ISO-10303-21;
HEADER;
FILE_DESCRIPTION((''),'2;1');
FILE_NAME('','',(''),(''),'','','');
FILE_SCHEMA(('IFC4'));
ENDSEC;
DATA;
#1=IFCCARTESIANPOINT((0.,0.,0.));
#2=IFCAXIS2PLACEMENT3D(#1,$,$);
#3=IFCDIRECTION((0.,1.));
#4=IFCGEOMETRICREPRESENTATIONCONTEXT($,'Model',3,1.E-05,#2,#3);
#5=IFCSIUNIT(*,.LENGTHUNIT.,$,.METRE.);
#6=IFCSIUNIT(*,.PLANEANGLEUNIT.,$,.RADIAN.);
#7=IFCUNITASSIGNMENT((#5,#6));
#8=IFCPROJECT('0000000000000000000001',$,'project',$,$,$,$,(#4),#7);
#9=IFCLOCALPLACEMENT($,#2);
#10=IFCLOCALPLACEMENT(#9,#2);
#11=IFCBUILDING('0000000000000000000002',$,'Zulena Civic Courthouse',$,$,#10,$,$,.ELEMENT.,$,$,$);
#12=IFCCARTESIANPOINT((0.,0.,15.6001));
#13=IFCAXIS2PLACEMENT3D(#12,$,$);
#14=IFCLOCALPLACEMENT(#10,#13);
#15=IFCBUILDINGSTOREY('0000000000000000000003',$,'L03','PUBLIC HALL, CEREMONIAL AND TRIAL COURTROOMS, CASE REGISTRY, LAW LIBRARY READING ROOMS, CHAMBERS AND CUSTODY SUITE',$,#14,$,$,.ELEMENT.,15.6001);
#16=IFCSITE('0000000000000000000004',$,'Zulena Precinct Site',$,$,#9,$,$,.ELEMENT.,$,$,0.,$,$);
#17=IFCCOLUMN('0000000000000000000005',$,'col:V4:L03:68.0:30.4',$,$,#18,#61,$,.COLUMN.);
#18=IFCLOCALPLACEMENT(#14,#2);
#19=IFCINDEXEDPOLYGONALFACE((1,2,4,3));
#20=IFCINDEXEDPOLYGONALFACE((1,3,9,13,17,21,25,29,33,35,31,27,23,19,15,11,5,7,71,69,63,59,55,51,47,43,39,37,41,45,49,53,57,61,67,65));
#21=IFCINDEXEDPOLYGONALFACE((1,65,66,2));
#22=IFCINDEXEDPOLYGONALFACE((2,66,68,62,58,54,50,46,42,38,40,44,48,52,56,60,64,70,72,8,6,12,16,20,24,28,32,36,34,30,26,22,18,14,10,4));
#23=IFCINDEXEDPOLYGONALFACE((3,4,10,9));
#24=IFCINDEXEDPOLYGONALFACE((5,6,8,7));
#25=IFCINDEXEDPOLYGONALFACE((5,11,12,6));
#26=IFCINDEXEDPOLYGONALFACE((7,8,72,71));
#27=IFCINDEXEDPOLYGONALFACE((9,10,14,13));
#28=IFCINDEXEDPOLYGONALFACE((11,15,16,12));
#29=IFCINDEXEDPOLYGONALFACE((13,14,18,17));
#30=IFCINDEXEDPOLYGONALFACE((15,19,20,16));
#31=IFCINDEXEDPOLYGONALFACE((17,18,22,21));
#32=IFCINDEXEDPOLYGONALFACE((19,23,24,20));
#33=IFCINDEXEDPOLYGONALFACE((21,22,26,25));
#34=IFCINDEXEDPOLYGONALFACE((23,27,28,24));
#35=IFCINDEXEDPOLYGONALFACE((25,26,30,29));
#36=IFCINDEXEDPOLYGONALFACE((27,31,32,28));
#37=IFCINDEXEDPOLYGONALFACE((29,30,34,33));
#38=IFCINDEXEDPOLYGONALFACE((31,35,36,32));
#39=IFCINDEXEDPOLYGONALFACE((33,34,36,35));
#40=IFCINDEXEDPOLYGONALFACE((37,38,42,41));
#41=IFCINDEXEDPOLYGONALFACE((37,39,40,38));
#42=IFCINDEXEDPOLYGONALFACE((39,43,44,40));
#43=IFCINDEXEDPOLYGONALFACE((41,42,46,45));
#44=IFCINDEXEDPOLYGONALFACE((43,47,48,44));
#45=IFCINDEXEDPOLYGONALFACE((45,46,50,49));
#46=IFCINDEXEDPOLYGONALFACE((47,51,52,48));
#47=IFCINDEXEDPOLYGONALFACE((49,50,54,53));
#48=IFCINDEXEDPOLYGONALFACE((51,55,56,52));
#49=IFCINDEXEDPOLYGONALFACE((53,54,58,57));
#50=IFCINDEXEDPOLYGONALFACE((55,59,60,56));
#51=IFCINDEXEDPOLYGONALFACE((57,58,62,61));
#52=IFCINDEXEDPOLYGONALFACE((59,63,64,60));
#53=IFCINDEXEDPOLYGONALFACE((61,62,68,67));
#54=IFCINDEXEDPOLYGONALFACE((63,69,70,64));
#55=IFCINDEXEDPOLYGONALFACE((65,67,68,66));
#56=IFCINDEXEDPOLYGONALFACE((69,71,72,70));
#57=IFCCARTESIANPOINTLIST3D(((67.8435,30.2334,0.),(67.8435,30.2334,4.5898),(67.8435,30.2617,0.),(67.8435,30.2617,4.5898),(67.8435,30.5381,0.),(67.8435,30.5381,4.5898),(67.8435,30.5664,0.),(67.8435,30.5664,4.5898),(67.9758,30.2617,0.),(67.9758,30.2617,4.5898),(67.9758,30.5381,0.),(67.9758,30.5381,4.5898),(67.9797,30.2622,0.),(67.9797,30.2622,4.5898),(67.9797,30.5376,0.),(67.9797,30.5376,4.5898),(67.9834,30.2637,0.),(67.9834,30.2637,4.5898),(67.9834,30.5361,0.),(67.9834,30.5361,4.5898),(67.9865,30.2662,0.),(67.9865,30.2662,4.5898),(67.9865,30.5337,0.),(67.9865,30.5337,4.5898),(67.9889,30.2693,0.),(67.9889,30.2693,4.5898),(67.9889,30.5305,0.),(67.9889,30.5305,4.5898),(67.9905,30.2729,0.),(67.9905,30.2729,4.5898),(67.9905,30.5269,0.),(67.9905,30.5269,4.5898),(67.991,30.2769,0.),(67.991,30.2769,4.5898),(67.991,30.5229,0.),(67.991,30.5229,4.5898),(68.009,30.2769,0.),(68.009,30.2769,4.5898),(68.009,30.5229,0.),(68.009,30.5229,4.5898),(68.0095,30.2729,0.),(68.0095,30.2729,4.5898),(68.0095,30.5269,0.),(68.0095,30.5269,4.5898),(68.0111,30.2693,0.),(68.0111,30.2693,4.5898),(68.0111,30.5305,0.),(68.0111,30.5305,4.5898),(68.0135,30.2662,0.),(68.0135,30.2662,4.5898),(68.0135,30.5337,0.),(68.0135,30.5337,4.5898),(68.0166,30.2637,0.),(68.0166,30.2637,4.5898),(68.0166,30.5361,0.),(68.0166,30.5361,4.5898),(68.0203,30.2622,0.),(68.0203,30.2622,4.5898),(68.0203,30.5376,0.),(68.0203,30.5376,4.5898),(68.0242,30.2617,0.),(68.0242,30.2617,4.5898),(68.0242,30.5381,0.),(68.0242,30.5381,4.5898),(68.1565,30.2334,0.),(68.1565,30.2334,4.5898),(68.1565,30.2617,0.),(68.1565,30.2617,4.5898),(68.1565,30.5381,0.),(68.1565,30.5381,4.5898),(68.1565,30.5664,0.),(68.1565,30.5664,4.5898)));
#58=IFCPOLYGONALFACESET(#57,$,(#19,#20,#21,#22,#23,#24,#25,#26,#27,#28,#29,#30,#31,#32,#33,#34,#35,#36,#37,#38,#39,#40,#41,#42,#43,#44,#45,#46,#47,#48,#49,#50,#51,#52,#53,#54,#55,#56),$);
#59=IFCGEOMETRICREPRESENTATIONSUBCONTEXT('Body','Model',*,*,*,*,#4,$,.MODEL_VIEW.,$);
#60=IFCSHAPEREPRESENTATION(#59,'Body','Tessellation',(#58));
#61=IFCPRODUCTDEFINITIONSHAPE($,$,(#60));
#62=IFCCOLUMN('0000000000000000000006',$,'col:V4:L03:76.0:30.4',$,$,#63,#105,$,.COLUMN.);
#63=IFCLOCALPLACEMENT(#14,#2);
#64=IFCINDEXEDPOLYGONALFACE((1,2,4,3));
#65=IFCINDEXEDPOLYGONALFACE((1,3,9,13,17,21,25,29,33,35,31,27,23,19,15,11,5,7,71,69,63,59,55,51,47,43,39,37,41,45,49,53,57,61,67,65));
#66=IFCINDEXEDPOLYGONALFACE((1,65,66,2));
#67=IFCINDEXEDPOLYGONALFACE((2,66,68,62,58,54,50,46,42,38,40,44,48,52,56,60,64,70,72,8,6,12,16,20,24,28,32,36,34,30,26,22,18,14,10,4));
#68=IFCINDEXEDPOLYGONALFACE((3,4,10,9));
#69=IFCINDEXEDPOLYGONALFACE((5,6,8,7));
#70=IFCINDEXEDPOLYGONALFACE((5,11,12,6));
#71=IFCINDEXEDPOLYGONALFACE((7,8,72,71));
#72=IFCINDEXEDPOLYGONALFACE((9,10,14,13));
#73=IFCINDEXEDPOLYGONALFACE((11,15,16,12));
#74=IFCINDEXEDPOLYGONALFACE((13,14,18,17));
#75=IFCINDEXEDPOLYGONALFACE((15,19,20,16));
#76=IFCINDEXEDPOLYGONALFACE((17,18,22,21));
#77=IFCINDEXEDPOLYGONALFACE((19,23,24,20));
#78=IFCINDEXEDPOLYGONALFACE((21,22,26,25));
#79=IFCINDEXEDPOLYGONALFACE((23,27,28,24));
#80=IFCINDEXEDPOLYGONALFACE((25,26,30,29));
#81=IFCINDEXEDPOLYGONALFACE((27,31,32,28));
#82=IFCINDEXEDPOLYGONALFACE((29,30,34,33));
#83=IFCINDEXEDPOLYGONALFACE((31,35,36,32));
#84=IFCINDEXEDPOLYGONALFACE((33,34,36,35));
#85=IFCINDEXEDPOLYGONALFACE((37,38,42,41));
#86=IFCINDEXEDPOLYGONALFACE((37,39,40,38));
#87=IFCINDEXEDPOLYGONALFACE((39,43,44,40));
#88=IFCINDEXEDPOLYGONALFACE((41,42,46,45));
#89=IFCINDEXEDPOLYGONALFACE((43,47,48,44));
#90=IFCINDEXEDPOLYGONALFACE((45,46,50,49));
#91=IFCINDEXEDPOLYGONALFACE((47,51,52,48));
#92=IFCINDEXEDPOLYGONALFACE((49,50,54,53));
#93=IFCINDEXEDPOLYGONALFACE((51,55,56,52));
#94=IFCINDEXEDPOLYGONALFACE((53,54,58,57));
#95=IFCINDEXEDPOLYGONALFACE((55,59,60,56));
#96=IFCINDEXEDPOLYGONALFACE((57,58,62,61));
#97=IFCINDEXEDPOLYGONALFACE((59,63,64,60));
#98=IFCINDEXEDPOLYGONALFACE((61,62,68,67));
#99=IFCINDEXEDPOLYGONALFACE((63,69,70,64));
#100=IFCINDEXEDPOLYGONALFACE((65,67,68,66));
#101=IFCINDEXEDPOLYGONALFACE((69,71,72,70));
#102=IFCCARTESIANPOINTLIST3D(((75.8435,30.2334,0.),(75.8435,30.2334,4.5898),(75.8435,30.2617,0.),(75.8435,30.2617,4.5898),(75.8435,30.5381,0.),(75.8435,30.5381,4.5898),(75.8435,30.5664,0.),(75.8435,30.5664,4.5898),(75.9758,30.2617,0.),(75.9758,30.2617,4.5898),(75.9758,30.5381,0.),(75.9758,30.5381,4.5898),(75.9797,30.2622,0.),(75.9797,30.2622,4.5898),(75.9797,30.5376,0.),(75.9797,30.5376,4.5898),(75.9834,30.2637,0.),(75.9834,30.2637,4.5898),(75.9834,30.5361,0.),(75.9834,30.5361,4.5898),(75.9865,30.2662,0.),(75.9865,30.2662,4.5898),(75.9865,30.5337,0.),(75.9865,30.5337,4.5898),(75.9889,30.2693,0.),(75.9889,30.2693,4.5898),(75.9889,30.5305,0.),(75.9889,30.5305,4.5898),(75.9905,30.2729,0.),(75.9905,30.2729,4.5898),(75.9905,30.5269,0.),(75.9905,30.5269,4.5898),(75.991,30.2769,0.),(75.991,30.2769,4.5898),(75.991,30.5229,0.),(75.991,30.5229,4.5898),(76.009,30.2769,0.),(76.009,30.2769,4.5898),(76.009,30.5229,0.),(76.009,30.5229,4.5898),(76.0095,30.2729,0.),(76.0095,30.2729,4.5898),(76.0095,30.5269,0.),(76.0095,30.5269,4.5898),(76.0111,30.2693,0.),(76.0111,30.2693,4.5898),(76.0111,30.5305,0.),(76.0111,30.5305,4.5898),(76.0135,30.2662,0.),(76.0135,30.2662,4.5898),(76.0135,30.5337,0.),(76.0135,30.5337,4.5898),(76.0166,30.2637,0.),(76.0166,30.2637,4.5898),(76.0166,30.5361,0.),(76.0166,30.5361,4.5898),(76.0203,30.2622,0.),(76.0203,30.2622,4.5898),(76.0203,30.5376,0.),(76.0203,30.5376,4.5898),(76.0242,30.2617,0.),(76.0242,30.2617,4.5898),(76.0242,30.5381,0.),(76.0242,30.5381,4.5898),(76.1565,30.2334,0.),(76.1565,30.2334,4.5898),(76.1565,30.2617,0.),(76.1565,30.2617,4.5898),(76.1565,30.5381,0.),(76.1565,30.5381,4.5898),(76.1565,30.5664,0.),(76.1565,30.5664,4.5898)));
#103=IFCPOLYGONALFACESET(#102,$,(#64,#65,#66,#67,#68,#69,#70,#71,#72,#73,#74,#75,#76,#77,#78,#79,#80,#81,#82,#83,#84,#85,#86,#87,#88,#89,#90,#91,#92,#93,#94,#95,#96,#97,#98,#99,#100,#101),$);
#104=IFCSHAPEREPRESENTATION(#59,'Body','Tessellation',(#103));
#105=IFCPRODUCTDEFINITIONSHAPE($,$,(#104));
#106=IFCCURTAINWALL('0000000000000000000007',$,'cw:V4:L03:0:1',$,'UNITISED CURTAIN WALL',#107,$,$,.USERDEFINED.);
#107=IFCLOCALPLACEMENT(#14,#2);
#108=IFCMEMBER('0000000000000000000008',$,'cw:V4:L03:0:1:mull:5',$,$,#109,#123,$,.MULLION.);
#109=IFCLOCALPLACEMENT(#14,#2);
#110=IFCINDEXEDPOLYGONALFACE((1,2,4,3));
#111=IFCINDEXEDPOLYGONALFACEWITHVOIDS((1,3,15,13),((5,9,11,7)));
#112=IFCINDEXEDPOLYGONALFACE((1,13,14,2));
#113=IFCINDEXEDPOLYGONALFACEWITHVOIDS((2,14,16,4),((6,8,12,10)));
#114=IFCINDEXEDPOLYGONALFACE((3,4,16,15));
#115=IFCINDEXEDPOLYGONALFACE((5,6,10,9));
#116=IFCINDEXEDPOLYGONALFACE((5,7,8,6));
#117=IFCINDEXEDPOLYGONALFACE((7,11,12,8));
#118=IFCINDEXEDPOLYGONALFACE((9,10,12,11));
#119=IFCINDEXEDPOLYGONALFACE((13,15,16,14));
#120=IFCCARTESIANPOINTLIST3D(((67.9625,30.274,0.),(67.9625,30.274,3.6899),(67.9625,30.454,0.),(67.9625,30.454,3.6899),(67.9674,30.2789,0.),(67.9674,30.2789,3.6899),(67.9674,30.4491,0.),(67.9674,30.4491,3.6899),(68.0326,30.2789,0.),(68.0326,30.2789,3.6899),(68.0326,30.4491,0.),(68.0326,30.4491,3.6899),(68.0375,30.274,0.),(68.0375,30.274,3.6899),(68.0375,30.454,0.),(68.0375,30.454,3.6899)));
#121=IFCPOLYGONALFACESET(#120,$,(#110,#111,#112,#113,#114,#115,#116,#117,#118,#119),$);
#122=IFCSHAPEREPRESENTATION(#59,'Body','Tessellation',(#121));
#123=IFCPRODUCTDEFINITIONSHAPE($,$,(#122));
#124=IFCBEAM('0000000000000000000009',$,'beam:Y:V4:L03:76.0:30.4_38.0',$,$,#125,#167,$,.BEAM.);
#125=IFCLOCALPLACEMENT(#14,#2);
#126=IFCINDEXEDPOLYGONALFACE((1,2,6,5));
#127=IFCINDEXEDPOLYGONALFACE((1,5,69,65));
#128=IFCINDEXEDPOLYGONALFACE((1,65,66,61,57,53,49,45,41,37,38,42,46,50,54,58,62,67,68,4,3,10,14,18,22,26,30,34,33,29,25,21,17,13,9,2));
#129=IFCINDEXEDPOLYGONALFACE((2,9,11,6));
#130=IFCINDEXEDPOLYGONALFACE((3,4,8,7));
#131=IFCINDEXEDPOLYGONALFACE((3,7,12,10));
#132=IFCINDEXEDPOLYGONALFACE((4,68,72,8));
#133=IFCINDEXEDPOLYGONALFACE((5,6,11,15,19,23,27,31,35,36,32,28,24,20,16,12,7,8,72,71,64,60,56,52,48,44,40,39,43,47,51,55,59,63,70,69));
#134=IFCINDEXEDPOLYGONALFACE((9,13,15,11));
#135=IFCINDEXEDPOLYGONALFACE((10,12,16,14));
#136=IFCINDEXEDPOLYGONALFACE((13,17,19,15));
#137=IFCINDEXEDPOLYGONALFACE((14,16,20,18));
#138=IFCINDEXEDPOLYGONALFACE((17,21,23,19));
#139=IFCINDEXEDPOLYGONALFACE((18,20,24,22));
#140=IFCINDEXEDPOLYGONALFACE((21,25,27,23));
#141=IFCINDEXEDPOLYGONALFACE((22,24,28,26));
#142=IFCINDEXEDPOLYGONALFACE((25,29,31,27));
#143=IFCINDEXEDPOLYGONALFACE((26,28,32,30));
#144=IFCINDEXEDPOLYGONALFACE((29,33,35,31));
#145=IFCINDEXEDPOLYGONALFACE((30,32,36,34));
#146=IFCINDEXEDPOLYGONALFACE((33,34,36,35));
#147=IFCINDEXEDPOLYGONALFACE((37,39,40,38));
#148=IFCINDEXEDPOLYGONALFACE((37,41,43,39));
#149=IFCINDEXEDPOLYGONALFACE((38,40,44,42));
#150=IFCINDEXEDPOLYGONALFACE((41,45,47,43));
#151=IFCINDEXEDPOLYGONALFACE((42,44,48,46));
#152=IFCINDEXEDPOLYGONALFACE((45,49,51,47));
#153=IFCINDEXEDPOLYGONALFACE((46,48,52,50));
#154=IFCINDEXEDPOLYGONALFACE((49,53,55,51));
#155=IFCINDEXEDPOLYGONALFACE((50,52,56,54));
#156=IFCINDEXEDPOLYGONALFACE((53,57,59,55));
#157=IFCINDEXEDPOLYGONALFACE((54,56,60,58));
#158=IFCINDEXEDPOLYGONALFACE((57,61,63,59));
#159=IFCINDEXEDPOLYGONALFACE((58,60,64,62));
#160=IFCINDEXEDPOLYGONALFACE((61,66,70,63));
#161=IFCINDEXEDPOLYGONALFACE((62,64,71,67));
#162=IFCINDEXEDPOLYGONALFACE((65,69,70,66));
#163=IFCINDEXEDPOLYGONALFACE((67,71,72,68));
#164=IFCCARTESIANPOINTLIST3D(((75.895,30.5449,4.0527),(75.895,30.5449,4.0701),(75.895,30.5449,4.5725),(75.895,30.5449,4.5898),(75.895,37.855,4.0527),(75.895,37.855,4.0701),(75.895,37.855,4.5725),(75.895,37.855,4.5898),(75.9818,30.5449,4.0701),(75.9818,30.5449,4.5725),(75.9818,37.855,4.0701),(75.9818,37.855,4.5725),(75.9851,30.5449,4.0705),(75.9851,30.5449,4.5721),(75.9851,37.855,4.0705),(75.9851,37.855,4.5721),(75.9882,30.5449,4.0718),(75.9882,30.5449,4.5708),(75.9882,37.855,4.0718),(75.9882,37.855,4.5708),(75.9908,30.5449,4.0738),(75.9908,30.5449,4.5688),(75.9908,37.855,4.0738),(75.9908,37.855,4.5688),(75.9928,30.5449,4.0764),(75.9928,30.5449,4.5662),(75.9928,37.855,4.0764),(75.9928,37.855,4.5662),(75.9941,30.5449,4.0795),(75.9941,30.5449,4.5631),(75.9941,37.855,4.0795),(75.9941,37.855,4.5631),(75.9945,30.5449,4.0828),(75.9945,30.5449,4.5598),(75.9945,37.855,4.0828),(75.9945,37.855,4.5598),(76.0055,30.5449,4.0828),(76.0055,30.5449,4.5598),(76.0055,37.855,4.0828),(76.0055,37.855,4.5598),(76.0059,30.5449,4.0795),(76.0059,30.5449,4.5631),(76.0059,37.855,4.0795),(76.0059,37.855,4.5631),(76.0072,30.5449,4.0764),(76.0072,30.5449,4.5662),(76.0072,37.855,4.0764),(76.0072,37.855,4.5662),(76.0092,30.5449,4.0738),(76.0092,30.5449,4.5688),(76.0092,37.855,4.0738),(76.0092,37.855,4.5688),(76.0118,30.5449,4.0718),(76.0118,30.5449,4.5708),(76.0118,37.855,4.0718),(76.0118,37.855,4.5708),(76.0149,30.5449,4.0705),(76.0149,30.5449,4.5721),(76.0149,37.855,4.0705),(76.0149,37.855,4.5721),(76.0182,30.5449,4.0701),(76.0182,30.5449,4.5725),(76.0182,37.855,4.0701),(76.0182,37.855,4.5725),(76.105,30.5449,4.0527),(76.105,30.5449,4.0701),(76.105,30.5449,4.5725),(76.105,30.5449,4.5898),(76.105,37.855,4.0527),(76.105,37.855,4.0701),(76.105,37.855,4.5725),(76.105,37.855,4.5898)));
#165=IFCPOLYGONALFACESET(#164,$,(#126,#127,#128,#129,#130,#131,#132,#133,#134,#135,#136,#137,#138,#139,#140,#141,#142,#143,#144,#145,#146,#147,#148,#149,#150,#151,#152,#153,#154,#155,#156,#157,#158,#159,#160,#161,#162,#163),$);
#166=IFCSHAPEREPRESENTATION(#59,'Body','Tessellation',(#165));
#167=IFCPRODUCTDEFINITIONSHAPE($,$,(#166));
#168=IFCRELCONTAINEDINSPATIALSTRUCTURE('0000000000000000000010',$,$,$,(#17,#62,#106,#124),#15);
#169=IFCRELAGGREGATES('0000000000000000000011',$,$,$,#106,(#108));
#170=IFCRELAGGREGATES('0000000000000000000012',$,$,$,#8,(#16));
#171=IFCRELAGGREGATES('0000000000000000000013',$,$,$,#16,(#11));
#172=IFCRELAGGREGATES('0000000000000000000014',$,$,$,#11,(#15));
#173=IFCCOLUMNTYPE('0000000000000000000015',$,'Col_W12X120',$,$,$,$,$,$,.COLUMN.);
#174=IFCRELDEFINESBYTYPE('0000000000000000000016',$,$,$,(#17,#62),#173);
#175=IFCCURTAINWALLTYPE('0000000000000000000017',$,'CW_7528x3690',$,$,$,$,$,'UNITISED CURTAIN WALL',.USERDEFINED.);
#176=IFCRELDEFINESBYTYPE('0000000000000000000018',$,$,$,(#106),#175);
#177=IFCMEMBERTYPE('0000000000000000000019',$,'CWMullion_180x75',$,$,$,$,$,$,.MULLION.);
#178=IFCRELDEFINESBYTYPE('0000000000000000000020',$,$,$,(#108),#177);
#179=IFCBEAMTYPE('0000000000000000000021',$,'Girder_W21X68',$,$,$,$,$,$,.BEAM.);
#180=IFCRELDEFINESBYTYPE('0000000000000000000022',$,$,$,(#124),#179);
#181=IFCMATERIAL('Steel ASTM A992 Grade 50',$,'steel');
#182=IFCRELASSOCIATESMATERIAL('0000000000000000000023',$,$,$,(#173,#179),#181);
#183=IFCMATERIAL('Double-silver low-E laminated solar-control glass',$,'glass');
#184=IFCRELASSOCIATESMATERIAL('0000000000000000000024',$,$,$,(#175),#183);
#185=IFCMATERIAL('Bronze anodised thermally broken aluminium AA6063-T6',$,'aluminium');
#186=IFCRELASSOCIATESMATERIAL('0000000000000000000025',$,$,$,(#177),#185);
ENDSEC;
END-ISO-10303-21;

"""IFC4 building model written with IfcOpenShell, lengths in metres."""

from ifc_helpers import new_model, si_unit, direction, frame, origin, origin_2d, place, context, subcontext, project, spatial, hollow_rectangle, i_section, extrude, material, material_profile, profile_set, type_object, element, aggregate, save


model = new_model("IFC4")

# Units and contexts
model_context = context("Model", 3, precision=1e-05, world=origin(), true_north=direction((0.0, 1.0)))
body_context = subcontext(model_context, "Body", "Model", "MODEL_VIEW")
ifc_project = project(units=[si_unit("LENGTHUNIT", "METRE"), si_unit("PLANEANGLEUNIT", "RADIAN")], contexts=[model_context])

# Site, building, storey
site_placement = place(None, origin())
site = spatial("IfcSite", under=ifc_project, at=site_placement, Name="Zulena Precinct Site", CompositionType="ELEMENT", RefElevation=0.0)
building_placement = place(site_placement, origin())
building = spatial("IfcBuilding", under=site, at=building_placement, Name="Zulena Civic Courthouse", CompositionType="ELEMENT")
storey_placement = place(building_placement, frame((0.0, 0.0, 15.6001)))
storey = spatial("IfcBuildingStorey", under=building, at=storey_placement, Name="L03", Description="PUBLIC HALL, CEREMONIAL AND TRIAL COURTROOMS, CASE REGISTRY, LAW LIBRARY READING ROOMS, CHAMBERS AND CUSTODY SUITE", CompositionType="ELEMENT", Elevation=15.6001)

# Columns
ifc_material_1 = material(Name="Steel ASTM A992 Grade 50", Category="steel")
ifc_material_profile_1 = material_profile(ifc_material_1, i_section(OverallWidth=0.313, OverallDepth=0.333, WebThickness=0.0181, FlangeThickness=0.0283, FilletRadius=0.0151, at=origin_2d()), Name="W12X120")
ifc_profile_set_1 = profile_set([ifc_material_profile_1], Name="Steel ASTM A992 Grade 50")
column_type_1 = type_object("IfcColumnType", Name="Col_W12X120", PredefinedType="COLUMN", material=ifc_profile_set_1)
for number, where, z_axis, x_axis, name in (
    (1, (68.0, 30.3999, 0.0), (0.0, 0.0, 1.0), (1.0, 0.0, 0.0), "col:V4:L03:68.0:30.4"),
    (2, (76.0, 30.3999, 0.0), (0.0, 0.0, 1.0), (1.0, 0.0, 0.0), "col:V4:L03:76.0:30.4"),
):
    element("IfcColumn", number, at=place(storey_placement, frame(where, z_axis=z_axis, x_axis=x_axis)), inside=storey, type_object=column_type_1, Name=name, PredefinedType="COLUMN", context=body_context, shape_type="SweptSolid", body=[
        extrude(i_section(OverallWidth=0.313, OverallDepth=0.333, WebThickness=0.0181, FlangeThickness=0.0283, FilletRadius=0.0151, at=origin_2d()), origin(), (0.0, 0.0, 1.0), 4.5898),
    ])

# Curtain wall, member
ifc_material_2 = material(Name="Double-silver low-E laminated solar-control glass", Category="glass")
curtain_wall_type = type_object("IfcCurtainWallType", Name="CW_7528x3690", ElementType="UNITISED CURTAIN WALL", PredefinedType="USERDEFINED", material=ifc_material_2)
curtain_wall_placement = place(storey_placement, origin())
curtain_wall = element("IfcCurtainWall", 3, at=curtain_wall_placement, inside=storey, type_object=curtain_wall_type, Name="cw:V4:L03:0:1", ObjectType="UNITISED CURTAIN WALL", PredefinedType="USERDEFINED")
ifc_material_3 = material(Name="Bronze anodised thermally broken aluminium AA6063-T6", Category="aluminium")
ifc_material_profile_2 = material_profile(ifc_material_3, hollow_rectangle(XDim=0.075, YDim=0.1799, WallThickness=0.0049, at=origin_2d()), Name="CWM180X75X5")
ifc_profile_set_2 = profile_set([ifc_material_profile_2], Name="Bronze anodised thermally broken aluminium AA6063-T6")
member_type = type_object("IfcMemberType", Name="CWMullion_180x75", PredefinedType="MULLION", material=ifc_profile_set_2)
member_placement = place(storey_placement, frame((68.0, 30.364, 0.0), z_axis=(0.0, 0.0, 1.0), x_axis=(1.0, 0.0, 0.0)))
member = element("IfcMember", 4, at=member_placement, type_object=member_type, Name="cw:V4:L03:0:1:mull:5", PredefinedType="MULLION", context=body_context, shape_type="SweptSolid", body=[
    extrude(hollow_rectangle(XDim=0.075, YDim=0.1799, WallThickness=0.0049, at=origin_2d()), origin(), (0.0, 0.0, 1.0), 3.6899),
])

# Beam
ifc_material_profile_3 = material_profile(ifc_material_1, i_section(OverallWidth=0.21, OverallDepth=0.5371, WebThickness=0.011, FlangeThickness=0.0173, FilletRadius=0.0127, at=origin_2d()), Name="W21X68")
ifc_profile_set_3 = profile_set([ifc_material_profile_3], Name="Steel ASTM A992 Grade 50")
beam_type_1 = type_object("IfcBeamType", Name="Girder_W21X68", PredefinedType="BEAM", material=ifc_profile_set_3)
beam_1_placement = place(storey_placement, frame((76.0, 30.5449, 4.3213), z_axis=(0.0, 1.0, 0.0), x_axis=(-1.0, 0.0, 0.0)))
element("IfcBeam", 5, at=beam_1_placement, inside=storey, type_object=beam_type_1, Name="beam:Y:V4:L03:76.0:30.4_38.0", PredefinedType="BEAM", context=body_context, shape_type="SweptSolid", body=[
    extrude(i_section(OverallWidth=0.21, OverallDepth=0.5371, WebThickness=0.011, FlangeThickness=0.0173, FilletRadius=0.0127, at=origin_2d()), origin(), (0.0, 0.0, 1.0), 7.3101),
])

aggregate(curtain_wall, [member])

save(model, "model.ifc")
